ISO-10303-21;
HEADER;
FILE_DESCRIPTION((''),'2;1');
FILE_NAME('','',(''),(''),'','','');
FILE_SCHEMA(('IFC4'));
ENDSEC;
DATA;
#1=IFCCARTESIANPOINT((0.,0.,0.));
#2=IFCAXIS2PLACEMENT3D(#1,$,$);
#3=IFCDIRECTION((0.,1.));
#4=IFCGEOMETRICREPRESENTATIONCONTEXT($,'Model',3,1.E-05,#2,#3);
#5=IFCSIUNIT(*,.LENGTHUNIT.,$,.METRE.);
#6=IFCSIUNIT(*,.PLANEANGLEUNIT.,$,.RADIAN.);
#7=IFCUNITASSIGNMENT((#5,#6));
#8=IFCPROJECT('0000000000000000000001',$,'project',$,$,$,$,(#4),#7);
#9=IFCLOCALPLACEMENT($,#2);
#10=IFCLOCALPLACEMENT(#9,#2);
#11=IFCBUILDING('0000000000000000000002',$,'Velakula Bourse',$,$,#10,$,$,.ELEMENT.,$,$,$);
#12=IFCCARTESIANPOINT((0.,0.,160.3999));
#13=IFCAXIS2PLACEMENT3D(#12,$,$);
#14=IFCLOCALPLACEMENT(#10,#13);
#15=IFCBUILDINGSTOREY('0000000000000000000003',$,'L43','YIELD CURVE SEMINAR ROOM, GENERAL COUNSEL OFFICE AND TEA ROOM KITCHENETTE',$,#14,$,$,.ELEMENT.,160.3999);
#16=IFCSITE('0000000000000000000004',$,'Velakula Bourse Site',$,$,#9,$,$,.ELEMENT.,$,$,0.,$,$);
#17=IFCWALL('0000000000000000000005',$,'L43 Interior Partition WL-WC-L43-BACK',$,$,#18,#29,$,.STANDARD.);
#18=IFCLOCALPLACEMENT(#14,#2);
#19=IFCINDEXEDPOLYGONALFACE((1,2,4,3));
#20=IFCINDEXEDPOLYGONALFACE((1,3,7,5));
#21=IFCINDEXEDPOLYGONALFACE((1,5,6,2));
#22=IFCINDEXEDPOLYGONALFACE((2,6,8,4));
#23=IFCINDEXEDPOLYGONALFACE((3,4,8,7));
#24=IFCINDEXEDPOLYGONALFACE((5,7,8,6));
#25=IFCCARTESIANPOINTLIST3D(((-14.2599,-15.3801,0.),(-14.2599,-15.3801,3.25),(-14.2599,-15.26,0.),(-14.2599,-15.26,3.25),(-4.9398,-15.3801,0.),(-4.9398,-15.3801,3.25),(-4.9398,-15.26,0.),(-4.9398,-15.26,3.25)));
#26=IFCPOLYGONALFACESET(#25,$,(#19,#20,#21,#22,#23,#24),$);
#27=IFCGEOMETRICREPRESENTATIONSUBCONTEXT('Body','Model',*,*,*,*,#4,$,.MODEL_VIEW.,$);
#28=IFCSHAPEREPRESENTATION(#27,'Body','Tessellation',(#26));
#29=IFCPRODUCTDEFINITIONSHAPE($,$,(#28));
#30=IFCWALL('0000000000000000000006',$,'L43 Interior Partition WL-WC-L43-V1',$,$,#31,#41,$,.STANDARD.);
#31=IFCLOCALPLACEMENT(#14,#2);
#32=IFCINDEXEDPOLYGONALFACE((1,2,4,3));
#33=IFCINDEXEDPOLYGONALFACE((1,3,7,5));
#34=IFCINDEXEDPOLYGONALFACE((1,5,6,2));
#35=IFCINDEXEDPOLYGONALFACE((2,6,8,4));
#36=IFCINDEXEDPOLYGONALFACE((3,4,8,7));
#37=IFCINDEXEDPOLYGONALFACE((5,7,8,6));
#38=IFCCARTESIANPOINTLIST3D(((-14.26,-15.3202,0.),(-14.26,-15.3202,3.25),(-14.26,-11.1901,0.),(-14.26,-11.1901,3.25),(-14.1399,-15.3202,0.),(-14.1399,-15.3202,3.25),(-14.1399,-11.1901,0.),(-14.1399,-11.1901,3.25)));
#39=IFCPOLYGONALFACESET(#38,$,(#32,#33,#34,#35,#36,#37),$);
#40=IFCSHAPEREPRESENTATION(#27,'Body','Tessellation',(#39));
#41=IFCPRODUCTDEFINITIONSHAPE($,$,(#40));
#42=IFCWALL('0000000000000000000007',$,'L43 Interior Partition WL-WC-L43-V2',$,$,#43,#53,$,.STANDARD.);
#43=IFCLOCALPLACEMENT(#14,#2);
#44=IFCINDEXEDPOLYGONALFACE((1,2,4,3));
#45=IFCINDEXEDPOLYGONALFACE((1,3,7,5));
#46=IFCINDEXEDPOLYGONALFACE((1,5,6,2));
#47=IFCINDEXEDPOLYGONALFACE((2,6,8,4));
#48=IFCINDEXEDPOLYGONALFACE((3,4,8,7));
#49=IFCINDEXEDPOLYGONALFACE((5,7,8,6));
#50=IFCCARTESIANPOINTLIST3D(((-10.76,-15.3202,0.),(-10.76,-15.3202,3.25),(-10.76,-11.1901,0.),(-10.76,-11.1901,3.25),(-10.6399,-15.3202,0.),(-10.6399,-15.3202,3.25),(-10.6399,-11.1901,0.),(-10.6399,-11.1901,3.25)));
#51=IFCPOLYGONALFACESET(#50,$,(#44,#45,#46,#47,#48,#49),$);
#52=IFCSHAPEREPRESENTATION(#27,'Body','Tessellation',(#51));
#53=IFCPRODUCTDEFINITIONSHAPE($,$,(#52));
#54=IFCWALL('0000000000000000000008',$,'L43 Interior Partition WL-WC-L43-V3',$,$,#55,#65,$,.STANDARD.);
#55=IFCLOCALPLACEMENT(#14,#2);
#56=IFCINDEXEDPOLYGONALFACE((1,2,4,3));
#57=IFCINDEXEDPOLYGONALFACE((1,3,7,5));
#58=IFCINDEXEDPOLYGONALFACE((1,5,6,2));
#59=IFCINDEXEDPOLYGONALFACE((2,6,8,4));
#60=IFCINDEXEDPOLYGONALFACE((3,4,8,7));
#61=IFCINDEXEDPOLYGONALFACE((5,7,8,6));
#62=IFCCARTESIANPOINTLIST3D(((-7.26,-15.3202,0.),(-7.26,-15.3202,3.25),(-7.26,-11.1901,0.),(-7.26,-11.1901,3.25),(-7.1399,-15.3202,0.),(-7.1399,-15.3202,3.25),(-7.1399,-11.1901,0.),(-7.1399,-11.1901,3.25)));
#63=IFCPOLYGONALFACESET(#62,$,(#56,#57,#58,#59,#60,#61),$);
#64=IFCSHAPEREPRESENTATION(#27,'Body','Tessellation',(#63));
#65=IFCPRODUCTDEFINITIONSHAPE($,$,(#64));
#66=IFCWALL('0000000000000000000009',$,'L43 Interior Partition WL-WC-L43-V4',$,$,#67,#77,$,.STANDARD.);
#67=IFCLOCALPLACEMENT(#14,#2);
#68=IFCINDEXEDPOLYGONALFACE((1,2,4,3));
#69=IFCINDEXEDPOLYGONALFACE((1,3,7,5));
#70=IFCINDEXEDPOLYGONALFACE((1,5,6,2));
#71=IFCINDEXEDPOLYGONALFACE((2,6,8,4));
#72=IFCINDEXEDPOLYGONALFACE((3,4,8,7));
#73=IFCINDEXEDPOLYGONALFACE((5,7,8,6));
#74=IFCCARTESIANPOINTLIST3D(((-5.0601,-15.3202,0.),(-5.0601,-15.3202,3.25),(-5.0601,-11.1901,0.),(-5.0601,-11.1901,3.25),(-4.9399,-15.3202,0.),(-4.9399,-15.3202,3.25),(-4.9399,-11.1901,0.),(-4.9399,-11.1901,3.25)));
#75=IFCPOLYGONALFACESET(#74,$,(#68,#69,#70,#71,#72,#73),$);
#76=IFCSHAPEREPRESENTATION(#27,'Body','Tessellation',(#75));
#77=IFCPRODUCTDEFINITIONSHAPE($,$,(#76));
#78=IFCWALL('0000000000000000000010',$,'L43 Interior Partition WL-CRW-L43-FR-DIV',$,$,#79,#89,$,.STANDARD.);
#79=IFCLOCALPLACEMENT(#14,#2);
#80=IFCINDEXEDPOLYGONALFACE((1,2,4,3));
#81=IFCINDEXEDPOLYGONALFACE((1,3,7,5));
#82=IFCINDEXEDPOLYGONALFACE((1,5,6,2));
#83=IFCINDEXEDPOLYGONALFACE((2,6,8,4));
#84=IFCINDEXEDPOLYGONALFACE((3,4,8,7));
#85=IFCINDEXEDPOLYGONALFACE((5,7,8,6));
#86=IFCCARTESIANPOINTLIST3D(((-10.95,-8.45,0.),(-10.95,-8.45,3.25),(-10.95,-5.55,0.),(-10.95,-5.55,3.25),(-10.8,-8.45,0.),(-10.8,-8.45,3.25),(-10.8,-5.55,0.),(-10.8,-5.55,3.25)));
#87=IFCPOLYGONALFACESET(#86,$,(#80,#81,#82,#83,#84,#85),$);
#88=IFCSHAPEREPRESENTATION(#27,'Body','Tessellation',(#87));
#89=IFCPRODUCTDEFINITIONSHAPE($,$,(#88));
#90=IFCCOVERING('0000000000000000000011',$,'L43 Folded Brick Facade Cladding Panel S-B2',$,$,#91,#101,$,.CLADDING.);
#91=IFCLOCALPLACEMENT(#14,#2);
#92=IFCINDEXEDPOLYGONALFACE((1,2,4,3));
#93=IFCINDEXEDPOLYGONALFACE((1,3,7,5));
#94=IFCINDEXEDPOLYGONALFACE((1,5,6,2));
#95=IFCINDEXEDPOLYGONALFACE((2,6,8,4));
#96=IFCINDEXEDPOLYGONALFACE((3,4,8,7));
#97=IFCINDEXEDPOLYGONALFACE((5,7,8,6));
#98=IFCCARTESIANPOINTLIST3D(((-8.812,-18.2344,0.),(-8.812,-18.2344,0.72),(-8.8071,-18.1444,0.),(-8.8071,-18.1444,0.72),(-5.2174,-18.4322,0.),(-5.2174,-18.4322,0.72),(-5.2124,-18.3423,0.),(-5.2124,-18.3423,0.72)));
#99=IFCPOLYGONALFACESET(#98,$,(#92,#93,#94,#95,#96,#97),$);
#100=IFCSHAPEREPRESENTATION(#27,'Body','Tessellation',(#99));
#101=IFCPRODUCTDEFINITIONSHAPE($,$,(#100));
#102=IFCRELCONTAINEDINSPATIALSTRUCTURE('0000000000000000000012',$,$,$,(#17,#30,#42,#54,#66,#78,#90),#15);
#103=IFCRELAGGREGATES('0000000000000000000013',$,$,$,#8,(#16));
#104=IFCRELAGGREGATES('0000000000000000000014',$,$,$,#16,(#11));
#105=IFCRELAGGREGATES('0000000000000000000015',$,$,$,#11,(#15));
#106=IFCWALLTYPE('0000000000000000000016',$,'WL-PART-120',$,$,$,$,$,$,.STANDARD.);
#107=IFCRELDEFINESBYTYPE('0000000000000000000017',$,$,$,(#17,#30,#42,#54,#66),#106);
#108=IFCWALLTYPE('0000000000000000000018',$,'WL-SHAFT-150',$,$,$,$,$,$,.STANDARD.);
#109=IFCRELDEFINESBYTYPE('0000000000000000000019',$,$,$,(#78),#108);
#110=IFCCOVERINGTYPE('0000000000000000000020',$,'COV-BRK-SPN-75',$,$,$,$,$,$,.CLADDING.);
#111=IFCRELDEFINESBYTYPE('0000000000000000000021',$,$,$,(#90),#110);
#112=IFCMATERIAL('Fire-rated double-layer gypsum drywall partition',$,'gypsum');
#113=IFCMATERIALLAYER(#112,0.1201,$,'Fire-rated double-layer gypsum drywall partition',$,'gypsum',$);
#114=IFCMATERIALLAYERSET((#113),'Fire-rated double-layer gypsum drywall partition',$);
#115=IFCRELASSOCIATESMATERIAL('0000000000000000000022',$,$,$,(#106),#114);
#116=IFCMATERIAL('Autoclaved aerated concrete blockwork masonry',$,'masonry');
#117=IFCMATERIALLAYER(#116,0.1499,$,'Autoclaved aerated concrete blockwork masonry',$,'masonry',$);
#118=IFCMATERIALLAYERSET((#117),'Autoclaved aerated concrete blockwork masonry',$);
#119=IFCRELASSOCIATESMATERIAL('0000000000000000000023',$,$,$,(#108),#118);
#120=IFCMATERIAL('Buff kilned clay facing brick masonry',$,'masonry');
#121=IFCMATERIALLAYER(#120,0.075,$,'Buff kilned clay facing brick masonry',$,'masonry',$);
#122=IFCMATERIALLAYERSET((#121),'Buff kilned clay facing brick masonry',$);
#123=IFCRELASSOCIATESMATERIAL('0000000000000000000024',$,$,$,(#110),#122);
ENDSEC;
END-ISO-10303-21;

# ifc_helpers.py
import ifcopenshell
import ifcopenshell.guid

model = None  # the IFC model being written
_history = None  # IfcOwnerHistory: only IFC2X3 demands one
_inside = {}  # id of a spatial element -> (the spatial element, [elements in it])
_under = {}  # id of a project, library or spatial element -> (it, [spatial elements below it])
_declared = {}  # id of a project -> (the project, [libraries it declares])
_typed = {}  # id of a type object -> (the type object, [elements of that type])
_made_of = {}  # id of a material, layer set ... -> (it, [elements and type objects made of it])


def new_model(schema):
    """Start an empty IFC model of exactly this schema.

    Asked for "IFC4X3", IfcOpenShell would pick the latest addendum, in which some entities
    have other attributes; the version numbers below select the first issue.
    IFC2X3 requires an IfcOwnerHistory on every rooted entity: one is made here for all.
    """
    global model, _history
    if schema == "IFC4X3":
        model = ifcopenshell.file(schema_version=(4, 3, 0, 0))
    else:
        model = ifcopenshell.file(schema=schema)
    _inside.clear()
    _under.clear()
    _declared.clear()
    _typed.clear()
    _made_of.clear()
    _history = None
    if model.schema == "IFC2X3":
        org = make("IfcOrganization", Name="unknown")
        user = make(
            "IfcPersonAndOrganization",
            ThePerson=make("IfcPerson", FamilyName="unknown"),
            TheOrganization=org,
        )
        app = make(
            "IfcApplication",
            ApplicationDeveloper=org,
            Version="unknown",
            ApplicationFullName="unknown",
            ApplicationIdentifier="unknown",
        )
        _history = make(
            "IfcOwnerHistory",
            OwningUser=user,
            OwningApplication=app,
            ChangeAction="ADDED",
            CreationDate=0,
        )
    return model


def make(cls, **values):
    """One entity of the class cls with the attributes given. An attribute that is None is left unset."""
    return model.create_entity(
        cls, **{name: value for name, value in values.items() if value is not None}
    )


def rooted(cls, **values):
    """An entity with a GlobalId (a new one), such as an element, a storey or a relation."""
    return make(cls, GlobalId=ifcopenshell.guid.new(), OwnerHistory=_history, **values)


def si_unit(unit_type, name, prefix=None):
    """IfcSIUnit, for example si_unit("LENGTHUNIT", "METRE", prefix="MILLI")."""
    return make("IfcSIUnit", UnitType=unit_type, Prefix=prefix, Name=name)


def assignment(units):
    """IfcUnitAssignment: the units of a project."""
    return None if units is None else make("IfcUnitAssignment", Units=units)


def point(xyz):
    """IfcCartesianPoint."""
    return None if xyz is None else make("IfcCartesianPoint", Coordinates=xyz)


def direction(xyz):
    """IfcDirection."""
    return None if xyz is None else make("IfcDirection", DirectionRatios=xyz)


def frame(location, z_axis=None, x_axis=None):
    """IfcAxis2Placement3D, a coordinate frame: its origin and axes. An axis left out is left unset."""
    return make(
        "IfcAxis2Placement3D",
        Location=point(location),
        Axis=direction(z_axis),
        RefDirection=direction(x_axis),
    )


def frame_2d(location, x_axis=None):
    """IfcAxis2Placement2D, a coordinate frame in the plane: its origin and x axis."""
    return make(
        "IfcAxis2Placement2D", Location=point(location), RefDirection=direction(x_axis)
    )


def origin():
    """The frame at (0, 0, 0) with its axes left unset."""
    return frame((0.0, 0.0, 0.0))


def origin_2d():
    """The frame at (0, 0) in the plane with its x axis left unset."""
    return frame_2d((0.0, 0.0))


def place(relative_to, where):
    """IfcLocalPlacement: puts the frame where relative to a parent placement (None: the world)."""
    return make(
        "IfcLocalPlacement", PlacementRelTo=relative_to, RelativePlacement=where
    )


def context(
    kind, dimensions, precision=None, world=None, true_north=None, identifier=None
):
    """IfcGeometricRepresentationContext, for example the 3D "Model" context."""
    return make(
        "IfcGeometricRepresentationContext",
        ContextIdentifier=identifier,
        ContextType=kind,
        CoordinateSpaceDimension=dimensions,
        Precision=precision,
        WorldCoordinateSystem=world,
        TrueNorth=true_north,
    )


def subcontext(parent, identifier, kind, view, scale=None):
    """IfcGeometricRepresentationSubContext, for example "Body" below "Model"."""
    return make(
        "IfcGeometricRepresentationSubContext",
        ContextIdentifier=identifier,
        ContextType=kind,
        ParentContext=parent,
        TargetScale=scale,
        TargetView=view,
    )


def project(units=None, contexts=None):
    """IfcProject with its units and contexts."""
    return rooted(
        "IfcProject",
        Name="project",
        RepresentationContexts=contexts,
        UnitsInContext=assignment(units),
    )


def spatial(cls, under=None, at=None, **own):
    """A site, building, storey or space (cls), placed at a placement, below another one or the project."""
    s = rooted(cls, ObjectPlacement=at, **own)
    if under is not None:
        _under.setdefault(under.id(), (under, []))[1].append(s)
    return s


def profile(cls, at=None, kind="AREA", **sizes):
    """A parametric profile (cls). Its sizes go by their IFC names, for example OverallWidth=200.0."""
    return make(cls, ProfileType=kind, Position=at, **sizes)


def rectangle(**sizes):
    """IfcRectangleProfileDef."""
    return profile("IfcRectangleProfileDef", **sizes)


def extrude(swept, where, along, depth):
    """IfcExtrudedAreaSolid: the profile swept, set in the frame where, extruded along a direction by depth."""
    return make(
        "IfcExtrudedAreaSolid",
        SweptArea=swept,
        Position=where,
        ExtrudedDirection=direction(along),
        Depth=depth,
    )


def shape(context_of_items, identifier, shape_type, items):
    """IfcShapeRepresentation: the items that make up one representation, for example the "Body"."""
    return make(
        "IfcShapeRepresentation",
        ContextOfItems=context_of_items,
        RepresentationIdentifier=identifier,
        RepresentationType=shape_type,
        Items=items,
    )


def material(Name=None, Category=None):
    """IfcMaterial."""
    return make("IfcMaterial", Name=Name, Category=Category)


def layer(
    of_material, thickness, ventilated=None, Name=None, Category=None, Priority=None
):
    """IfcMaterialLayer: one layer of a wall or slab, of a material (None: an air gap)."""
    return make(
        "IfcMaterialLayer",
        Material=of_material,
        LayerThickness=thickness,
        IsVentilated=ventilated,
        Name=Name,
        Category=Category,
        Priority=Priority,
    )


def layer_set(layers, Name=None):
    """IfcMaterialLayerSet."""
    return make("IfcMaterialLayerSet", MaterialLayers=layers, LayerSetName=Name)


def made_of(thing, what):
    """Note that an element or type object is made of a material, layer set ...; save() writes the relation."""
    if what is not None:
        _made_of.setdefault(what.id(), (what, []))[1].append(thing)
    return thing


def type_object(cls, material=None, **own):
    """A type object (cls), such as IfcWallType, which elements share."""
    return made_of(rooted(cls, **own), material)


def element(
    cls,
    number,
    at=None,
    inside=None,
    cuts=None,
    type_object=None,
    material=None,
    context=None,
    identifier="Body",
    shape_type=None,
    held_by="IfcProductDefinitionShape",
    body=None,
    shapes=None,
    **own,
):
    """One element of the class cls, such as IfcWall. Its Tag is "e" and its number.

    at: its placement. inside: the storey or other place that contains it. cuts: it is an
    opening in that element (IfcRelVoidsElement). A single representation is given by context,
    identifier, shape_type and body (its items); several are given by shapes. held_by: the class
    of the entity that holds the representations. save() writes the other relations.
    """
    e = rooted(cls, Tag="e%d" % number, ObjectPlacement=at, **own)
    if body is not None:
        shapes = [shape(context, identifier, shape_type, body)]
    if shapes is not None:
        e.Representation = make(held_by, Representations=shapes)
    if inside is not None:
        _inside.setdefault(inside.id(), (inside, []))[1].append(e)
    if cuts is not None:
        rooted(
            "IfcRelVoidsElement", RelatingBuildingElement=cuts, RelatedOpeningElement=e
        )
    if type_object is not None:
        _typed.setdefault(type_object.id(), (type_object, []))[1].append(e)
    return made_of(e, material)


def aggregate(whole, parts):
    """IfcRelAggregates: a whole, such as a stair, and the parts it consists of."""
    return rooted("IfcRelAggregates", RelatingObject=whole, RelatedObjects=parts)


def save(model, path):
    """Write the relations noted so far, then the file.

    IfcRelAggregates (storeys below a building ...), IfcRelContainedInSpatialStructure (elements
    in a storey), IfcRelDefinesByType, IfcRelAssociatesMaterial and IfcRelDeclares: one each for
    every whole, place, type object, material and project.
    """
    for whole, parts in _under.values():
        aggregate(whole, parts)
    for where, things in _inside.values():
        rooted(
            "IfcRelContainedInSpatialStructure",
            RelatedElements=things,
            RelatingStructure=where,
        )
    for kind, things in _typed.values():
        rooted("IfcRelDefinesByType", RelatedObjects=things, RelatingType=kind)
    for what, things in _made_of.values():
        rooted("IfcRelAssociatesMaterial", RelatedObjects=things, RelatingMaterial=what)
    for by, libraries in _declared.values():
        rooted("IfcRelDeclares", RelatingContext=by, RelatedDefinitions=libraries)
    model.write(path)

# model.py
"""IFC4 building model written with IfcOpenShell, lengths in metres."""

from ifc_helpers import new_model, si_unit, direction, frame, frame_2d, origin, origin_2d, place, context, subcontext, project, spatial, rectangle, extrude, material, layer, layer_set, type_object, element, save


model = new_model("IFC4")

# Units and contexts
model_context = context("Model", 3, precision=1e-05, world=origin(), true_north=direction((0.0, 1.0)))
body_context = subcontext(model_context, "Body", "Model", "MODEL_VIEW")
ifc_project = project(units=[si_unit("LENGTHUNIT", "METRE"), si_unit("PLANEANGLEUNIT", "RADIAN")], contexts=[model_context])

# Site, building, storey
site_placement = place(None, origin())
site = spatial("IfcSite", under=ifc_project, at=site_placement, Name="Velakula Bourse Site", CompositionType="ELEMENT", RefElevation=0.0)
building_placement = place(site_placement, origin())
building = spatial("IfcBuilding", under=site, at=building_placement, Name="Velakula Bourse", CompositionType="ELEMENT")
storey_placement = place(building_placement, frame((0.0, 0.0, 160.3999)))
storey = spatial("IfcBuildingStorey", under=building, at=storey_placement, Name="L43", Description="YIELD CURVE SEMINAR ROOM, GENERAL COUNSEL OFFICE AND TEA ROOM KITCHENETTE", CompositionType="ELEMENT", Elevation=160.3999)

# Walls
ifc_material_1 = material(Name="Fire-rated double-layer gypsum drywall partition", Category="gypsum")
ifc_layer_1 = layer(ifc_material_1, 0.1201, Name="Fire-rated double-layer gypsum drywall partition", Category="gypsum")
ifc_layer_set_1 = layer_set([ifc_layer_1], Name="Fire-rated double-layer gypsum drywall partition")
wall_type_1 = type_object("IfcWallType", Name="WL-PART-120", PredefinedType="STANDARD", material=ifc_layer_set_1)
wall_1_placement = place(storey_placement, frame((-14.26, -15.3201, 0.0), z_axis=(0.0, 0.0, 1.0), x_axis=(1.0, 0.0, 0.0)))
element("IfcWall", 1, at=wall_1_placement, inside=storey, type_object=wall_type_1, Name="L43 Interior Partition WL-WC-L43-BACK", PredefinedType="STANDARD", context=body_context, shape_type="SweptSolid", body=[
    extrude(rectangle(XDim=9.3201, YDim=0.1201, at=frame_2d((4.6602, 0.0))), origin(), (0.0, 0.0, 1.0), 3.25),
])
for number, where, z_axis, x_axis, name in (
    (2, (-14.2, -15.3201, 0.0), (0.0, 0.0, 1.0), (0.0, 1.0, 0.0), "L43 Interior Partition WL-WC-L43-V1"),
    (3, (-10.7, -15.3201, 0.0), (0.0, 0.0, 1.0), (0.0, 1.0, 0.0), "L43 Interior Partition WL-WC-L43-V2"),
    (4, (-7.2, -15.3201, 0.0), (0.0, 0.0, 1.0), (0.0, 1.0, 0.0), "L43 Interior Partition WL-WC-L43-V3"),
    (5, (-5.0, -15.3201, 0.0), (0.0, 0.0, 1.0), (0.0, 1.0, 0.0), "L43 Interior Partition WL-WC-L43-V4"),
):
    element("IfcWall", number, at=place(storey_placement, frame(where, z_axis=z_axis, x_axis=x_axis)), inside=storey, type_object=wall_type_1, Name=name, PredefinedType="STANDARD", context=body_context, shape_type="SweptSolid", body=[
        extrude(rectangle(XDim=4.1301, YDim=0.1201, at=frame_2d((2.0649, 0.0))), origin(), (0.0, 0.0, 1.0), 3.25),
    ])
ifc_material_2 = material(Name="Autoclaved aerated concrete blockwork masonry", Category="masonry")
ifc_layer_2 = layer(ifc_material_2, 0.1499, Name="Autoclaved aerated concrete blockwork masonry", Category="masonry")
ifc_layer_set_2 = layer_set([ifc_layer_2], Name="Autoclaved aerated concrete blockwork masonry")
wall_type_2 = type_object("IfcWallType", Name="WL-SHAFT-150", PredefinedType="STANDARD", material=ifc_layer_set_2)
wall_2_placement = place(storey_placement, frame((-10.875, -8.45, 0.0), z_axis=(0.0, 0.0, 1.0), x_axis=(0.0, 1.0, 0.0)))
element("IfcWall", 6, at=wall_2_placement, inside=storey, type_object=wall_type_2, Name="L43 Interior Partition WL-CRW-L43-FR-DIV", PredefinedType="STANDARD", context=body_context, shape_type="SweptSolid", body=[
    extrude(rectangle(XDim=2.8999, YDim=0.1499, at=frame_2d((1.45, 0.0))), origin(), (0.0, 0.0, 1.0), 3.25),
])

# Covering
ifc_material_3 = material(Name="Buff kilned clay facing brick masonry", Category="masonry")
ifc_layer_3 = layer(ifc_material_3, 0.075, Name="Buff kilned clay facing brick masonry", Category="masonry")
ifc_layer_set_3 = layer_set([ifc_layer_3], Name="Buff kilned clay facing brick masonry")
covering_type = type_object("IfcCoveringType", Name="COV-BRK-SPN-75", PredefinedType="CLADDING", material=ifc_layer_set_3)
covering_placement = place(storey_placement, frame((-7.0122, -18.2883, 0.0), z_axis=(0.0, 0.0, 1.0), x_axis=(0.998489, -0.05495, 0.0)))
element("IfcCovering", 7, at=covering_placement, inside=storey, type_object=covering_type, Name="L43 Folded Brick Facade Cladding Panel S-B2", PredefinedType="CLADDING", context=body_context, shape_type="SweptSolid", body=[
    extrude(rectangle(XDim=3.6001, YDim=0.0901, at=origin_2d()), origin(), (0.0, 0.0, 1.0), 0.72),
])

save(model, "model.ifc")
